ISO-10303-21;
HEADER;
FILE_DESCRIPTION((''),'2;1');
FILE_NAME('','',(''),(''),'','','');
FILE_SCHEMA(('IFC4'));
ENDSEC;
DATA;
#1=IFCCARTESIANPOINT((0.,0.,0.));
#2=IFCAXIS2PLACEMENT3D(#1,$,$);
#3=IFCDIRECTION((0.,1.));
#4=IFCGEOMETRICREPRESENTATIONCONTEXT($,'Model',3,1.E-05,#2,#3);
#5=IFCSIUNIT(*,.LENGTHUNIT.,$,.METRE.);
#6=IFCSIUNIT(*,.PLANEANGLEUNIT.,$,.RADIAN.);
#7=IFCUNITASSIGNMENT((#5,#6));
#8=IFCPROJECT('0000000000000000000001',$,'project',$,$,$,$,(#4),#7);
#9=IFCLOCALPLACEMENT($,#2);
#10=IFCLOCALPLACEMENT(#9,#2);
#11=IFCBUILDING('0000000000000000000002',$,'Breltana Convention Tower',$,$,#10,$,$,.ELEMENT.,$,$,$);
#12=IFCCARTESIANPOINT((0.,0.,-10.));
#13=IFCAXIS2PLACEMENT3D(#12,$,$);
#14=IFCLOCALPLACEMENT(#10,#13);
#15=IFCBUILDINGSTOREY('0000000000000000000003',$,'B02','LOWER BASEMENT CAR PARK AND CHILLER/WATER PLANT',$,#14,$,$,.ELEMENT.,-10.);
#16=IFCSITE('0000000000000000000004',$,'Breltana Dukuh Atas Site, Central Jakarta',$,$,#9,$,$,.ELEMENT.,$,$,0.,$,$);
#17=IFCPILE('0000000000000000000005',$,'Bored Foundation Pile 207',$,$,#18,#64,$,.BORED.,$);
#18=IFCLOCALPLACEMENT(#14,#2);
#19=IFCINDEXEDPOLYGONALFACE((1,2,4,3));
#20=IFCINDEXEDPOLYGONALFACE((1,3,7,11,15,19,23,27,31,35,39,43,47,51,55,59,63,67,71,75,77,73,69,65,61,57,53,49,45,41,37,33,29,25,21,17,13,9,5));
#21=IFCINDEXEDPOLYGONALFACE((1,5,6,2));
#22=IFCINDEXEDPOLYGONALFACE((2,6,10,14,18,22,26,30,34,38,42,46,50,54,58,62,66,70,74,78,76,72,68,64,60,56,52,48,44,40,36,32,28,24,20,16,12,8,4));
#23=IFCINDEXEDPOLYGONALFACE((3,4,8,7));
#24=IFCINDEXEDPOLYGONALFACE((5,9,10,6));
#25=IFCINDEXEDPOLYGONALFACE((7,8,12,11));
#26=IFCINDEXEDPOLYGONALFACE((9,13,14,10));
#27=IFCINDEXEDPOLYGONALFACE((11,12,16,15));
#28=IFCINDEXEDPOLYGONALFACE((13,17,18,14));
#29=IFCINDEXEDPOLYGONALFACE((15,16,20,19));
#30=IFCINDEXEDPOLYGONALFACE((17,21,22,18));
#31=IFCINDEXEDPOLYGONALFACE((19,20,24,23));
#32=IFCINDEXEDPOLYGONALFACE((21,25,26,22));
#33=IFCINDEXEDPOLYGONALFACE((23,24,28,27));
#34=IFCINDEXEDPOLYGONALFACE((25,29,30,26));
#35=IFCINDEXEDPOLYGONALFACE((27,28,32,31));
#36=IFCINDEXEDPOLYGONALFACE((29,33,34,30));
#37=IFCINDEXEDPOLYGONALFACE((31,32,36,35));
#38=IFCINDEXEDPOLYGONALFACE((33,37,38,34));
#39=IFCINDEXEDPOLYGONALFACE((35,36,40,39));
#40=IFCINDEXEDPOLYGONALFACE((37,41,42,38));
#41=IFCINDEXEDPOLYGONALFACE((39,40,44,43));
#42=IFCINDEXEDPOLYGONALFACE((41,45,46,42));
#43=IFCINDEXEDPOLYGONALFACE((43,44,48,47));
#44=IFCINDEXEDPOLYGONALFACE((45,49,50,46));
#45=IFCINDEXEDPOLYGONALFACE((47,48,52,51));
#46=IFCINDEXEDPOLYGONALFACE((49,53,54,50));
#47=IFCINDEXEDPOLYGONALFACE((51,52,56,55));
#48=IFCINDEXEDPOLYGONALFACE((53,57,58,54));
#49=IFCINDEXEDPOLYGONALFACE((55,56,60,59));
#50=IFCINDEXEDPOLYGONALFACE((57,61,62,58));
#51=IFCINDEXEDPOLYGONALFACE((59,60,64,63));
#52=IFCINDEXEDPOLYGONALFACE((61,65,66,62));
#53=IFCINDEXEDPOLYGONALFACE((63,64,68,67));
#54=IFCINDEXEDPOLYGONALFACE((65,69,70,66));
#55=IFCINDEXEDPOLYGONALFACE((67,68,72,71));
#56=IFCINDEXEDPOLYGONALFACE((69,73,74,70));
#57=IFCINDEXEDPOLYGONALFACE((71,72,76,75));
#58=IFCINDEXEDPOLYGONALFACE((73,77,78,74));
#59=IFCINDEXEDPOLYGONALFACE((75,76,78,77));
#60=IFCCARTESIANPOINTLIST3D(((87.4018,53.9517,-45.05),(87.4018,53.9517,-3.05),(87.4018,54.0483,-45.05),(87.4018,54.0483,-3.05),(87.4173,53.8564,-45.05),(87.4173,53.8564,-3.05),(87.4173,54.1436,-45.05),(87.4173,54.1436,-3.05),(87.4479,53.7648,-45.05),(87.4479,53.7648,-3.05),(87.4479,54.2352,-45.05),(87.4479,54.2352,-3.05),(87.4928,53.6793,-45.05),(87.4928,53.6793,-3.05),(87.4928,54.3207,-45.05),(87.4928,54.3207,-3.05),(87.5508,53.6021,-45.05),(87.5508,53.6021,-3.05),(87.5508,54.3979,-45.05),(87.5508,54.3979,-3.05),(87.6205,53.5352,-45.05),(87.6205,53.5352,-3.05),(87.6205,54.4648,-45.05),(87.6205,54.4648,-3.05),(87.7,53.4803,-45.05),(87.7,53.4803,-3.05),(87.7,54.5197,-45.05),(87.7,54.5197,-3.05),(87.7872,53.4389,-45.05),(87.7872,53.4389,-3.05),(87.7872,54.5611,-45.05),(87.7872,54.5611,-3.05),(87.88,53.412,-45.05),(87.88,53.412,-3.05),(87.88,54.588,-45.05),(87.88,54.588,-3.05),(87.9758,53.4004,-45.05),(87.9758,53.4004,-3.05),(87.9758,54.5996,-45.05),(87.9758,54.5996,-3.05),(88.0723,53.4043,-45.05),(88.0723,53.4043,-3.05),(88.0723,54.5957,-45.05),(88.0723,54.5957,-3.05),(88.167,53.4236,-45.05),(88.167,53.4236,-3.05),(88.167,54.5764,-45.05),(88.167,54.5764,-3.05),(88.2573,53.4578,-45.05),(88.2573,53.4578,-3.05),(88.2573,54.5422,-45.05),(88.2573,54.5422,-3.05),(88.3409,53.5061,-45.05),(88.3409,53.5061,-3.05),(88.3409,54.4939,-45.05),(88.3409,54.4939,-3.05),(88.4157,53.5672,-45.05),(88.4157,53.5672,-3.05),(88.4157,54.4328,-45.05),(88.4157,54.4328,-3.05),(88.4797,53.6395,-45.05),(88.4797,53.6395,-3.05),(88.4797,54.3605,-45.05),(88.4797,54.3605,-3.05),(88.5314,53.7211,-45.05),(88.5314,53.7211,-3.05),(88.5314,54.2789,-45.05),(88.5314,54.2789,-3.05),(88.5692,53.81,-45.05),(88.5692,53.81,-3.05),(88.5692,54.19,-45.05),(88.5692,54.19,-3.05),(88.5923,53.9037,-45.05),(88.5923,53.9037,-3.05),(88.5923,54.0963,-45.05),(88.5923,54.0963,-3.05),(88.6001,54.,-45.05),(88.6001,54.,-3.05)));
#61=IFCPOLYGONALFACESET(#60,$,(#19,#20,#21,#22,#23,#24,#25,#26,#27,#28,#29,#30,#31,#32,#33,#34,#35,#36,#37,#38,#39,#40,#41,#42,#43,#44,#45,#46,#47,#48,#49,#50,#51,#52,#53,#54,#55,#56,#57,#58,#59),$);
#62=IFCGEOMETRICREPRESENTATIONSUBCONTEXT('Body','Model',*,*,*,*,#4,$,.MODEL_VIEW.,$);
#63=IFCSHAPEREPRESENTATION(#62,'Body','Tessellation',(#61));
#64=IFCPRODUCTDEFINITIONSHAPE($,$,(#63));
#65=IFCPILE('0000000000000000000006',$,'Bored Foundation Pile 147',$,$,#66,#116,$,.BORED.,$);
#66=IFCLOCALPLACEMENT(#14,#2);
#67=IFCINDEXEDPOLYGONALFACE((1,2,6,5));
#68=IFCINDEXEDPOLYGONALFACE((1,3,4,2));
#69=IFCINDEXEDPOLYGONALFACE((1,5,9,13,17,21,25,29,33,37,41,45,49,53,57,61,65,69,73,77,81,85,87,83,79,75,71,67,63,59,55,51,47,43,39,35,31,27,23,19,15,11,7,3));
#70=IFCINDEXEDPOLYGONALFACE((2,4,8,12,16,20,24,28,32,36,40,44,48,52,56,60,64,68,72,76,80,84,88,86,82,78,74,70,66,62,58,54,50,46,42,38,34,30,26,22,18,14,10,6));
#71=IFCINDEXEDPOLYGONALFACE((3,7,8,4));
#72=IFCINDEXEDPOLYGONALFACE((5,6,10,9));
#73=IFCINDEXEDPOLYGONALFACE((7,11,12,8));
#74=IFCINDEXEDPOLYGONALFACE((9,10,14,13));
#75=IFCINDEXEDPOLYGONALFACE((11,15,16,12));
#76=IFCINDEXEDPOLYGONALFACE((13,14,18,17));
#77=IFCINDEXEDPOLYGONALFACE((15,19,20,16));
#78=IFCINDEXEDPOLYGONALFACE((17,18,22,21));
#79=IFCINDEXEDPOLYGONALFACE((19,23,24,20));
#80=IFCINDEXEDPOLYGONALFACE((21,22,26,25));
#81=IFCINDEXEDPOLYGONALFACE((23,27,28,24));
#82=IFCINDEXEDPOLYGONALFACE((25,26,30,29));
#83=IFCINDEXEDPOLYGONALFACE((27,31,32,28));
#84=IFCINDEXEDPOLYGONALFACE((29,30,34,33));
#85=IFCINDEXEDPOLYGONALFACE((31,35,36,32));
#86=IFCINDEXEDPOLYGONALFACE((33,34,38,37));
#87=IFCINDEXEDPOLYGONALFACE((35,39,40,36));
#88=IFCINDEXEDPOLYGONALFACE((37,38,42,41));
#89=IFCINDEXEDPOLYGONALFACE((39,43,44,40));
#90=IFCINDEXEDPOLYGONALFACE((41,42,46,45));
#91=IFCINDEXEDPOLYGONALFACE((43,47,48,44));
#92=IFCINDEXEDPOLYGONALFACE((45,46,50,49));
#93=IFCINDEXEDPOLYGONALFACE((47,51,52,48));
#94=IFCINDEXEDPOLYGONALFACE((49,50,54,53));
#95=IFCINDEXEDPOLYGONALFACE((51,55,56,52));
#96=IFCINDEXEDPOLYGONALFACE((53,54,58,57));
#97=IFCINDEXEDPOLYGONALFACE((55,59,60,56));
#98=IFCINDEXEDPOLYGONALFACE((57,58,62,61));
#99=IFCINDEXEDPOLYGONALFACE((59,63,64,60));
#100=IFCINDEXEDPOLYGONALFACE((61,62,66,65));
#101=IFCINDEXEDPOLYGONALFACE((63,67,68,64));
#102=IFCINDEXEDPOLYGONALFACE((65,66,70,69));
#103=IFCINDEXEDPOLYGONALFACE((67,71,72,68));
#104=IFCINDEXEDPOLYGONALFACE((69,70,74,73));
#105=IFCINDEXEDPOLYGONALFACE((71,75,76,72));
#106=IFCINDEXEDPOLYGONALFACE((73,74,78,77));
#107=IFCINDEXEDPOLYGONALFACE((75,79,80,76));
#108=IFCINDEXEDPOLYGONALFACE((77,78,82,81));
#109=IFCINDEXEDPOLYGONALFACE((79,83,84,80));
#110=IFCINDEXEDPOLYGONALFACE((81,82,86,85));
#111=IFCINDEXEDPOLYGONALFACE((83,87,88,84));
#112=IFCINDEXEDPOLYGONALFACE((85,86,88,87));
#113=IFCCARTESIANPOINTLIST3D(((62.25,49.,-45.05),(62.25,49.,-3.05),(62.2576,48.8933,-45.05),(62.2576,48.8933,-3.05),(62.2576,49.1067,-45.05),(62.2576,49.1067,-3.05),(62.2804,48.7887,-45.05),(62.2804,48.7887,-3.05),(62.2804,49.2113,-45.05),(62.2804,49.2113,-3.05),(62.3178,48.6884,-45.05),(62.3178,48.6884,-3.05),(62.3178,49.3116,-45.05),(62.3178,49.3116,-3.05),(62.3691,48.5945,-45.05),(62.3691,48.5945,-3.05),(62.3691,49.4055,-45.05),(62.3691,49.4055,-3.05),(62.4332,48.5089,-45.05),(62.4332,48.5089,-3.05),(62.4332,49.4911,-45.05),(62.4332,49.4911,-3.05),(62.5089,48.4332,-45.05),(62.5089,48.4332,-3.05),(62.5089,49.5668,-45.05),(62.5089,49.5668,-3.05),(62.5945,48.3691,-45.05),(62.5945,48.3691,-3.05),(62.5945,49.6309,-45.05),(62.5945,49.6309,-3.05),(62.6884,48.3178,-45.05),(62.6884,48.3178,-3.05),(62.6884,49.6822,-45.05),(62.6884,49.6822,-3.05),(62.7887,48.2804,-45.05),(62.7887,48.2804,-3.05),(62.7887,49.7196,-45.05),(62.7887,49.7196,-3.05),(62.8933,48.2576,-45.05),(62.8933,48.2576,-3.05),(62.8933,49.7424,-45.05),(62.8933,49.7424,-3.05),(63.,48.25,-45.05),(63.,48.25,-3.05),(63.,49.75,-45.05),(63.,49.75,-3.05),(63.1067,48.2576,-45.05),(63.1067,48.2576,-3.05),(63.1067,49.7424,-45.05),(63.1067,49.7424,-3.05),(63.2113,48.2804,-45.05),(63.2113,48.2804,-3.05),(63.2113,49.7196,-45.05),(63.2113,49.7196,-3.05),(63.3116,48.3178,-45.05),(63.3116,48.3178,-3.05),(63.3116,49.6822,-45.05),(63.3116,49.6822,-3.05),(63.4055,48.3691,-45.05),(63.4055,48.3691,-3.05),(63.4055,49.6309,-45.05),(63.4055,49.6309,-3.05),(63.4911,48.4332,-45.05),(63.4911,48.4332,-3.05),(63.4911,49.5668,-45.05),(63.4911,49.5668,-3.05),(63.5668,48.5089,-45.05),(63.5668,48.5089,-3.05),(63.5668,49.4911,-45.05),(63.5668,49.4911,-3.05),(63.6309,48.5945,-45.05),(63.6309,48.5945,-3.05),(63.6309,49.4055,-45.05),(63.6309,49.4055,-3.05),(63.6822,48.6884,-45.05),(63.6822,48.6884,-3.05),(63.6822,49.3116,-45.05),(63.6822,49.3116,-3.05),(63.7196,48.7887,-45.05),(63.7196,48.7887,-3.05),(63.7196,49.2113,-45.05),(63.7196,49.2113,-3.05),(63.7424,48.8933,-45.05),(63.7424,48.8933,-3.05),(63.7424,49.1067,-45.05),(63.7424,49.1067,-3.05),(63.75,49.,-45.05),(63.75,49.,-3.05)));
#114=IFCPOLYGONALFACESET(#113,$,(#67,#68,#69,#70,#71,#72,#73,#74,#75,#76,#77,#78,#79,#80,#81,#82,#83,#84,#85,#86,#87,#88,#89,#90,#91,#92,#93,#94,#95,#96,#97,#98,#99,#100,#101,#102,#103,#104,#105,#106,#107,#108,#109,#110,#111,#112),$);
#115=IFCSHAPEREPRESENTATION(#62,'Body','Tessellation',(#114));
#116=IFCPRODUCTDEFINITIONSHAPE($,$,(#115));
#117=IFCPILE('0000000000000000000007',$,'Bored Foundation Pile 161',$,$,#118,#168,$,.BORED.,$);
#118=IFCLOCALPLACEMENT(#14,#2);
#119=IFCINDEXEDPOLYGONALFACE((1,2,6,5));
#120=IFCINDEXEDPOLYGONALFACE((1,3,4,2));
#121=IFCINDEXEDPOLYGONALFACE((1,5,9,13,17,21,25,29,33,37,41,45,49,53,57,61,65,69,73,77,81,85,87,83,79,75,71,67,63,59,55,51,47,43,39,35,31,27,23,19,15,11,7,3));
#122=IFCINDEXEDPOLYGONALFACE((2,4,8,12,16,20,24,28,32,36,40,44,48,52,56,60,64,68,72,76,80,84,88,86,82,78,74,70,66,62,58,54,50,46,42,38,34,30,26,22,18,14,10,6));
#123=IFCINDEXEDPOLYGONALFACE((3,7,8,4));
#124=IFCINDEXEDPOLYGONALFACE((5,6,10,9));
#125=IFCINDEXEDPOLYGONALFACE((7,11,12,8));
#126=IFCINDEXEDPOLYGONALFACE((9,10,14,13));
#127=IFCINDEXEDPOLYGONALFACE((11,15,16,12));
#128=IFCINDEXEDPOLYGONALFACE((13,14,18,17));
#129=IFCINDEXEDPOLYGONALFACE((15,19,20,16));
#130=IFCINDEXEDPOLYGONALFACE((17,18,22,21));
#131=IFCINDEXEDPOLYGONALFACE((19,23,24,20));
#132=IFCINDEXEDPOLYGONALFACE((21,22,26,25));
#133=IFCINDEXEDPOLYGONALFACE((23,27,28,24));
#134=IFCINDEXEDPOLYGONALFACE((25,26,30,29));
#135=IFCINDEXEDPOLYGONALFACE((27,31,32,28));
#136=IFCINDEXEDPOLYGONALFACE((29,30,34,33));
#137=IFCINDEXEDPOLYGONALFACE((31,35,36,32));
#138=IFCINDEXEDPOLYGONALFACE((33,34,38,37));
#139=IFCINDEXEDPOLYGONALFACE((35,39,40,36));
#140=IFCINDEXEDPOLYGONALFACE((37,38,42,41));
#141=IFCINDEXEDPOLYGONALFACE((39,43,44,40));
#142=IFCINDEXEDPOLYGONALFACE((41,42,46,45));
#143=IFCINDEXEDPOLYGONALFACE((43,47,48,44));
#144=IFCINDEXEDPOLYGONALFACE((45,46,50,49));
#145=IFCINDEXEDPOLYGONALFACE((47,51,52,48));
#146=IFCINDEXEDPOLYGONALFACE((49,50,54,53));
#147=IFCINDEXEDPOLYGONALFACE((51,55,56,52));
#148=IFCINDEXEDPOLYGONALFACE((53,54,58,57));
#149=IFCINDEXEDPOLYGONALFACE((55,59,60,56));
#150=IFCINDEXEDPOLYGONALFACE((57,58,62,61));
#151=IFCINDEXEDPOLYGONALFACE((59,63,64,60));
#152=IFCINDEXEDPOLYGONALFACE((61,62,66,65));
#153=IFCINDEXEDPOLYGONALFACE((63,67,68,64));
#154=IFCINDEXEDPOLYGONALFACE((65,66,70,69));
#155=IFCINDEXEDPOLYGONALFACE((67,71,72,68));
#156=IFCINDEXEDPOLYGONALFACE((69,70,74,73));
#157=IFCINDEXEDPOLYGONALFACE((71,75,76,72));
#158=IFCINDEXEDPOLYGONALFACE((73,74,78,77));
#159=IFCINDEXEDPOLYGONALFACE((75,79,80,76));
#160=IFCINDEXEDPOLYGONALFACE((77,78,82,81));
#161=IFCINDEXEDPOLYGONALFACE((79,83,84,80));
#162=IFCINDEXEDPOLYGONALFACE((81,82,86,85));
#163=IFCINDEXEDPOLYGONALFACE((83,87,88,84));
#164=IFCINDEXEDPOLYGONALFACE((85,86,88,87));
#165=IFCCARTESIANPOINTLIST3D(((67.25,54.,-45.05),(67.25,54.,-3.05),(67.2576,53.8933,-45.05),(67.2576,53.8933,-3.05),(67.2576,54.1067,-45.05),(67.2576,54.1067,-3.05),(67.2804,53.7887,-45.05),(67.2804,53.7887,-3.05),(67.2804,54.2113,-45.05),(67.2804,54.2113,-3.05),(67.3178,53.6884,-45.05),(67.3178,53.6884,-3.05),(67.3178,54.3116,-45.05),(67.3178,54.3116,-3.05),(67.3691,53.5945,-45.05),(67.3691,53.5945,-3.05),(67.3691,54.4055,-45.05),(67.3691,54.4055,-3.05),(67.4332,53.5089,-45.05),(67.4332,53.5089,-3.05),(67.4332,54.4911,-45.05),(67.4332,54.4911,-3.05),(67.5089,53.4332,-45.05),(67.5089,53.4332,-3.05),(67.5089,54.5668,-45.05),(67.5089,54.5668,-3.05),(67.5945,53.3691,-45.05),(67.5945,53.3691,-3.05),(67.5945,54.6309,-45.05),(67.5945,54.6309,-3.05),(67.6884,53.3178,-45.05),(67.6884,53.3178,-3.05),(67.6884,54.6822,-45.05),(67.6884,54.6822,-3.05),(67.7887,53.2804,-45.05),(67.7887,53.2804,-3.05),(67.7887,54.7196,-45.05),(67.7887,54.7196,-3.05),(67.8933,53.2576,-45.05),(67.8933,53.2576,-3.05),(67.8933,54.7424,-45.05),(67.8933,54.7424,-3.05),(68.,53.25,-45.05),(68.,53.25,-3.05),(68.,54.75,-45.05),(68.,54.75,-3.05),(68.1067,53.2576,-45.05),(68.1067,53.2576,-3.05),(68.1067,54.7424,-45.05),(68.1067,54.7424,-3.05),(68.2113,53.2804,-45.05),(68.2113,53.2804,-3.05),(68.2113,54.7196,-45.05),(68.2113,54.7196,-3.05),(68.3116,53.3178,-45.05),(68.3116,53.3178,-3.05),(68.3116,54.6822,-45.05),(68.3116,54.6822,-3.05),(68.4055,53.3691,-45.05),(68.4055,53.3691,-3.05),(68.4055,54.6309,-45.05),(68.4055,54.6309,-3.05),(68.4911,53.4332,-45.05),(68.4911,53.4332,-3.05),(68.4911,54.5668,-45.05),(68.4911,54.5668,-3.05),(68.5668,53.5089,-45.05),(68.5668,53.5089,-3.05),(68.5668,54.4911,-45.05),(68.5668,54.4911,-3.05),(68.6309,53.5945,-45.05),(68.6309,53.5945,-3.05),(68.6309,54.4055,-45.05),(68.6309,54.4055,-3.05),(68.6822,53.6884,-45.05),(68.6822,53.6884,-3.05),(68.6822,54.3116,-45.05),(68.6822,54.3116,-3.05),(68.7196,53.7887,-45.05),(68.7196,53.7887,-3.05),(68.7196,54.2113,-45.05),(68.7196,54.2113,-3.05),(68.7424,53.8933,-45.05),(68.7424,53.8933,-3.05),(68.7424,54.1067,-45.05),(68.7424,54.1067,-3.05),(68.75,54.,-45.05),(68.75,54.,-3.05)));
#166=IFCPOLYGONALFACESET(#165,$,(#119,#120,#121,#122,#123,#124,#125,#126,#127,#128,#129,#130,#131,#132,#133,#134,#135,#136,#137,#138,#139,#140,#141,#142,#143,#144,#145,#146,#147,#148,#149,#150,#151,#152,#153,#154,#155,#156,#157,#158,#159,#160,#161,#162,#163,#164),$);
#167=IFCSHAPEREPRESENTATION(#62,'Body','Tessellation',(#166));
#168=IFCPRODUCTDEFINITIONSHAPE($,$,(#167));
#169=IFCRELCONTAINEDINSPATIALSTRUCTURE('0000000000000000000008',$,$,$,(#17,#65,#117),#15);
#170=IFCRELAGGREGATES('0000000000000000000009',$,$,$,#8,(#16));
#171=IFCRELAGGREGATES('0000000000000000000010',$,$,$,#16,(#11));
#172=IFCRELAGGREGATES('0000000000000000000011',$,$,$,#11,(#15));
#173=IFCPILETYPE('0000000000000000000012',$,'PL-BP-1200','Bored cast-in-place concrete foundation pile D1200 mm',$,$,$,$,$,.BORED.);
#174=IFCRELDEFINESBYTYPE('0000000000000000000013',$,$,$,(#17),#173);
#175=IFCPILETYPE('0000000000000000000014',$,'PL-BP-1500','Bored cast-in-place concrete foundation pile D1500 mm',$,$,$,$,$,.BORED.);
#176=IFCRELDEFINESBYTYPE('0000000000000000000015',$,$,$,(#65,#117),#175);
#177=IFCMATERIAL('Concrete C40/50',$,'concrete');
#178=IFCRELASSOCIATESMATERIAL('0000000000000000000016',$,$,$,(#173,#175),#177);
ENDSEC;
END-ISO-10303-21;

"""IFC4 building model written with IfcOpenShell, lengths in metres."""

from ifc_helpers import new_model, si_unit, direction, frame, origin, origin_2d, place, context, subcontext, project, spatial, circle, extrude, source, transform, mapped, material, material_profile, profile_set, type_object, type_shapes, element, save


model = new_model("IFC4")

# Units and contexts
model_context = context("Model", 3, precision=1e-05, world=origin(), true_north=direction((0.0, 1.0)))
body_context = subcontext(model_context, "Body", "Model", "MODEL_VIEW")
ifc_project = project(units=[si_unit("LENGTHUNIT", "METRE"), si_unit("PLANEANGLEUNIT", "RADIAN")], contexts=[model_context])

# Site, building, storey
site_placement = place(None, origin())
site = spatial("IfcSite", under=ifc_project, at=site_placement, Name="Breltana Dukuh Atas Site, Central Jakarta", CompositionType="ELEMENT", RefElevation=0.0)
building_placement = place(site_placement, origin())
building = spatial("IfcBuilding", under=site, at=building_placement, Name="Breltana Convention Tower", CompositionType="ELEMENT")
storey_placement = place(building_placement, frame((0.0, 0.0, -10.0)))
storey = spatial("IfcBuildingStorey", under=building, at=storey_placement, Name="B02", Description="LOWER BASEMENT CAR PARK AND CHILLER/WATER PLANT", CompositionType="ELEMENT", Elevation=-10.0)

# Piles
ifc_material_1 = material(Name="Concrete C40/50", Category="concrete")
ifc_material_profile_1 = material_profile(ifc_material_1, circle(Radius=0.6001, at=origin_2d()), Name="BP-D1200")
ifc_profile_set_1 = profile_set([ifc_material_profile_1], Name="Concrete C40/50")
pile_type_1 = type_object("IfcPileType", Name="PL-BP-1200", Description="Bored cast-in-place concrete foundation pile D1200 mm", PredefinedType="BORED", material=ifc_profile_set_1)
shared_shape_1 = source(origin(), body_context, "Body", "SweptSolid", [
    extrude(circle(Radius=0.6001, at=origin_2d()), origin(), (0.0, 0.0, 1.0), 42.0),
])
type_shapes(pile_type_1, [shared_shape_1])
for number, where, z_axis, x_axis, name in (
    (1, (88.0, 54.0, -3.05), (0.0, 0.0, -1.0), (1.0, 0.0, 0.0), "Bored Foundation Pile 207"),
):
    element("IfcPile", number, at=place(storey_placement, frame(where, z_axis=z_axis, x_axis=x_axis)), inside=storey, type_object=pile_type_1, Name=name, PredefinedType="BORED", context=body_context, shape_type="MappedRepresentation", body=[
        mapped(shared_shape_1, transform((0.0, 0.0, 0.0), scale=1.0)),
    ])
ifc_material_profile_2 = material_profile(ifc_material_1, circle(Radius=0.75, at=origin_2d()), Name="BP-D1500")
ifc_profile_set_2 = profile_set([ifc_material_profile_2], Name="Concrete C40/50")
pile_type_2 = type_object("IfcPileType", Name="PL-BP-1500", Description="Bored cast-in-place concrete foundation pile D1500 mm", PredefinedType="BORED", material=ifc_profile_set_2)
shared_shape_2 = source(origin(), body_context, "Body", "SweptSolid", [
    extrude(circle(Radius=0.75, at=origin_2d()), origin(), (0.0, 0.0, 1.0), 42.0),
])
type_shapes(pile_type_2, [shared_shape_2])
for number, where, z_axis, x_axis, name in (
    (2, (63.0, 49.0, -3.05), (0.0, 0.0, -1.0), (1.0, 0.0, 0.0), "Bored Foundation Pile 147"),
    (3, (68.0, 54.0, -3.05), (0.0, 0.0, -1.0), (1.0, 0.0, 0.0), "Bored Foundation Pile 161"),
):
    element("IfcPile", number, at=place(storey_placement, frame(where, z_axis=z_axis, x_axis=x_axis)), inside=storey, type_object=pile_type_2, Name=name, PredefinedType="BORED", context=body_context, shape_type="MappedRepresentation", body=[
        mapped(shared_shape_2, transform((0.0, 0.0, 0.0), scale=1.0)),
    ])

save(model, "model.ifc")
